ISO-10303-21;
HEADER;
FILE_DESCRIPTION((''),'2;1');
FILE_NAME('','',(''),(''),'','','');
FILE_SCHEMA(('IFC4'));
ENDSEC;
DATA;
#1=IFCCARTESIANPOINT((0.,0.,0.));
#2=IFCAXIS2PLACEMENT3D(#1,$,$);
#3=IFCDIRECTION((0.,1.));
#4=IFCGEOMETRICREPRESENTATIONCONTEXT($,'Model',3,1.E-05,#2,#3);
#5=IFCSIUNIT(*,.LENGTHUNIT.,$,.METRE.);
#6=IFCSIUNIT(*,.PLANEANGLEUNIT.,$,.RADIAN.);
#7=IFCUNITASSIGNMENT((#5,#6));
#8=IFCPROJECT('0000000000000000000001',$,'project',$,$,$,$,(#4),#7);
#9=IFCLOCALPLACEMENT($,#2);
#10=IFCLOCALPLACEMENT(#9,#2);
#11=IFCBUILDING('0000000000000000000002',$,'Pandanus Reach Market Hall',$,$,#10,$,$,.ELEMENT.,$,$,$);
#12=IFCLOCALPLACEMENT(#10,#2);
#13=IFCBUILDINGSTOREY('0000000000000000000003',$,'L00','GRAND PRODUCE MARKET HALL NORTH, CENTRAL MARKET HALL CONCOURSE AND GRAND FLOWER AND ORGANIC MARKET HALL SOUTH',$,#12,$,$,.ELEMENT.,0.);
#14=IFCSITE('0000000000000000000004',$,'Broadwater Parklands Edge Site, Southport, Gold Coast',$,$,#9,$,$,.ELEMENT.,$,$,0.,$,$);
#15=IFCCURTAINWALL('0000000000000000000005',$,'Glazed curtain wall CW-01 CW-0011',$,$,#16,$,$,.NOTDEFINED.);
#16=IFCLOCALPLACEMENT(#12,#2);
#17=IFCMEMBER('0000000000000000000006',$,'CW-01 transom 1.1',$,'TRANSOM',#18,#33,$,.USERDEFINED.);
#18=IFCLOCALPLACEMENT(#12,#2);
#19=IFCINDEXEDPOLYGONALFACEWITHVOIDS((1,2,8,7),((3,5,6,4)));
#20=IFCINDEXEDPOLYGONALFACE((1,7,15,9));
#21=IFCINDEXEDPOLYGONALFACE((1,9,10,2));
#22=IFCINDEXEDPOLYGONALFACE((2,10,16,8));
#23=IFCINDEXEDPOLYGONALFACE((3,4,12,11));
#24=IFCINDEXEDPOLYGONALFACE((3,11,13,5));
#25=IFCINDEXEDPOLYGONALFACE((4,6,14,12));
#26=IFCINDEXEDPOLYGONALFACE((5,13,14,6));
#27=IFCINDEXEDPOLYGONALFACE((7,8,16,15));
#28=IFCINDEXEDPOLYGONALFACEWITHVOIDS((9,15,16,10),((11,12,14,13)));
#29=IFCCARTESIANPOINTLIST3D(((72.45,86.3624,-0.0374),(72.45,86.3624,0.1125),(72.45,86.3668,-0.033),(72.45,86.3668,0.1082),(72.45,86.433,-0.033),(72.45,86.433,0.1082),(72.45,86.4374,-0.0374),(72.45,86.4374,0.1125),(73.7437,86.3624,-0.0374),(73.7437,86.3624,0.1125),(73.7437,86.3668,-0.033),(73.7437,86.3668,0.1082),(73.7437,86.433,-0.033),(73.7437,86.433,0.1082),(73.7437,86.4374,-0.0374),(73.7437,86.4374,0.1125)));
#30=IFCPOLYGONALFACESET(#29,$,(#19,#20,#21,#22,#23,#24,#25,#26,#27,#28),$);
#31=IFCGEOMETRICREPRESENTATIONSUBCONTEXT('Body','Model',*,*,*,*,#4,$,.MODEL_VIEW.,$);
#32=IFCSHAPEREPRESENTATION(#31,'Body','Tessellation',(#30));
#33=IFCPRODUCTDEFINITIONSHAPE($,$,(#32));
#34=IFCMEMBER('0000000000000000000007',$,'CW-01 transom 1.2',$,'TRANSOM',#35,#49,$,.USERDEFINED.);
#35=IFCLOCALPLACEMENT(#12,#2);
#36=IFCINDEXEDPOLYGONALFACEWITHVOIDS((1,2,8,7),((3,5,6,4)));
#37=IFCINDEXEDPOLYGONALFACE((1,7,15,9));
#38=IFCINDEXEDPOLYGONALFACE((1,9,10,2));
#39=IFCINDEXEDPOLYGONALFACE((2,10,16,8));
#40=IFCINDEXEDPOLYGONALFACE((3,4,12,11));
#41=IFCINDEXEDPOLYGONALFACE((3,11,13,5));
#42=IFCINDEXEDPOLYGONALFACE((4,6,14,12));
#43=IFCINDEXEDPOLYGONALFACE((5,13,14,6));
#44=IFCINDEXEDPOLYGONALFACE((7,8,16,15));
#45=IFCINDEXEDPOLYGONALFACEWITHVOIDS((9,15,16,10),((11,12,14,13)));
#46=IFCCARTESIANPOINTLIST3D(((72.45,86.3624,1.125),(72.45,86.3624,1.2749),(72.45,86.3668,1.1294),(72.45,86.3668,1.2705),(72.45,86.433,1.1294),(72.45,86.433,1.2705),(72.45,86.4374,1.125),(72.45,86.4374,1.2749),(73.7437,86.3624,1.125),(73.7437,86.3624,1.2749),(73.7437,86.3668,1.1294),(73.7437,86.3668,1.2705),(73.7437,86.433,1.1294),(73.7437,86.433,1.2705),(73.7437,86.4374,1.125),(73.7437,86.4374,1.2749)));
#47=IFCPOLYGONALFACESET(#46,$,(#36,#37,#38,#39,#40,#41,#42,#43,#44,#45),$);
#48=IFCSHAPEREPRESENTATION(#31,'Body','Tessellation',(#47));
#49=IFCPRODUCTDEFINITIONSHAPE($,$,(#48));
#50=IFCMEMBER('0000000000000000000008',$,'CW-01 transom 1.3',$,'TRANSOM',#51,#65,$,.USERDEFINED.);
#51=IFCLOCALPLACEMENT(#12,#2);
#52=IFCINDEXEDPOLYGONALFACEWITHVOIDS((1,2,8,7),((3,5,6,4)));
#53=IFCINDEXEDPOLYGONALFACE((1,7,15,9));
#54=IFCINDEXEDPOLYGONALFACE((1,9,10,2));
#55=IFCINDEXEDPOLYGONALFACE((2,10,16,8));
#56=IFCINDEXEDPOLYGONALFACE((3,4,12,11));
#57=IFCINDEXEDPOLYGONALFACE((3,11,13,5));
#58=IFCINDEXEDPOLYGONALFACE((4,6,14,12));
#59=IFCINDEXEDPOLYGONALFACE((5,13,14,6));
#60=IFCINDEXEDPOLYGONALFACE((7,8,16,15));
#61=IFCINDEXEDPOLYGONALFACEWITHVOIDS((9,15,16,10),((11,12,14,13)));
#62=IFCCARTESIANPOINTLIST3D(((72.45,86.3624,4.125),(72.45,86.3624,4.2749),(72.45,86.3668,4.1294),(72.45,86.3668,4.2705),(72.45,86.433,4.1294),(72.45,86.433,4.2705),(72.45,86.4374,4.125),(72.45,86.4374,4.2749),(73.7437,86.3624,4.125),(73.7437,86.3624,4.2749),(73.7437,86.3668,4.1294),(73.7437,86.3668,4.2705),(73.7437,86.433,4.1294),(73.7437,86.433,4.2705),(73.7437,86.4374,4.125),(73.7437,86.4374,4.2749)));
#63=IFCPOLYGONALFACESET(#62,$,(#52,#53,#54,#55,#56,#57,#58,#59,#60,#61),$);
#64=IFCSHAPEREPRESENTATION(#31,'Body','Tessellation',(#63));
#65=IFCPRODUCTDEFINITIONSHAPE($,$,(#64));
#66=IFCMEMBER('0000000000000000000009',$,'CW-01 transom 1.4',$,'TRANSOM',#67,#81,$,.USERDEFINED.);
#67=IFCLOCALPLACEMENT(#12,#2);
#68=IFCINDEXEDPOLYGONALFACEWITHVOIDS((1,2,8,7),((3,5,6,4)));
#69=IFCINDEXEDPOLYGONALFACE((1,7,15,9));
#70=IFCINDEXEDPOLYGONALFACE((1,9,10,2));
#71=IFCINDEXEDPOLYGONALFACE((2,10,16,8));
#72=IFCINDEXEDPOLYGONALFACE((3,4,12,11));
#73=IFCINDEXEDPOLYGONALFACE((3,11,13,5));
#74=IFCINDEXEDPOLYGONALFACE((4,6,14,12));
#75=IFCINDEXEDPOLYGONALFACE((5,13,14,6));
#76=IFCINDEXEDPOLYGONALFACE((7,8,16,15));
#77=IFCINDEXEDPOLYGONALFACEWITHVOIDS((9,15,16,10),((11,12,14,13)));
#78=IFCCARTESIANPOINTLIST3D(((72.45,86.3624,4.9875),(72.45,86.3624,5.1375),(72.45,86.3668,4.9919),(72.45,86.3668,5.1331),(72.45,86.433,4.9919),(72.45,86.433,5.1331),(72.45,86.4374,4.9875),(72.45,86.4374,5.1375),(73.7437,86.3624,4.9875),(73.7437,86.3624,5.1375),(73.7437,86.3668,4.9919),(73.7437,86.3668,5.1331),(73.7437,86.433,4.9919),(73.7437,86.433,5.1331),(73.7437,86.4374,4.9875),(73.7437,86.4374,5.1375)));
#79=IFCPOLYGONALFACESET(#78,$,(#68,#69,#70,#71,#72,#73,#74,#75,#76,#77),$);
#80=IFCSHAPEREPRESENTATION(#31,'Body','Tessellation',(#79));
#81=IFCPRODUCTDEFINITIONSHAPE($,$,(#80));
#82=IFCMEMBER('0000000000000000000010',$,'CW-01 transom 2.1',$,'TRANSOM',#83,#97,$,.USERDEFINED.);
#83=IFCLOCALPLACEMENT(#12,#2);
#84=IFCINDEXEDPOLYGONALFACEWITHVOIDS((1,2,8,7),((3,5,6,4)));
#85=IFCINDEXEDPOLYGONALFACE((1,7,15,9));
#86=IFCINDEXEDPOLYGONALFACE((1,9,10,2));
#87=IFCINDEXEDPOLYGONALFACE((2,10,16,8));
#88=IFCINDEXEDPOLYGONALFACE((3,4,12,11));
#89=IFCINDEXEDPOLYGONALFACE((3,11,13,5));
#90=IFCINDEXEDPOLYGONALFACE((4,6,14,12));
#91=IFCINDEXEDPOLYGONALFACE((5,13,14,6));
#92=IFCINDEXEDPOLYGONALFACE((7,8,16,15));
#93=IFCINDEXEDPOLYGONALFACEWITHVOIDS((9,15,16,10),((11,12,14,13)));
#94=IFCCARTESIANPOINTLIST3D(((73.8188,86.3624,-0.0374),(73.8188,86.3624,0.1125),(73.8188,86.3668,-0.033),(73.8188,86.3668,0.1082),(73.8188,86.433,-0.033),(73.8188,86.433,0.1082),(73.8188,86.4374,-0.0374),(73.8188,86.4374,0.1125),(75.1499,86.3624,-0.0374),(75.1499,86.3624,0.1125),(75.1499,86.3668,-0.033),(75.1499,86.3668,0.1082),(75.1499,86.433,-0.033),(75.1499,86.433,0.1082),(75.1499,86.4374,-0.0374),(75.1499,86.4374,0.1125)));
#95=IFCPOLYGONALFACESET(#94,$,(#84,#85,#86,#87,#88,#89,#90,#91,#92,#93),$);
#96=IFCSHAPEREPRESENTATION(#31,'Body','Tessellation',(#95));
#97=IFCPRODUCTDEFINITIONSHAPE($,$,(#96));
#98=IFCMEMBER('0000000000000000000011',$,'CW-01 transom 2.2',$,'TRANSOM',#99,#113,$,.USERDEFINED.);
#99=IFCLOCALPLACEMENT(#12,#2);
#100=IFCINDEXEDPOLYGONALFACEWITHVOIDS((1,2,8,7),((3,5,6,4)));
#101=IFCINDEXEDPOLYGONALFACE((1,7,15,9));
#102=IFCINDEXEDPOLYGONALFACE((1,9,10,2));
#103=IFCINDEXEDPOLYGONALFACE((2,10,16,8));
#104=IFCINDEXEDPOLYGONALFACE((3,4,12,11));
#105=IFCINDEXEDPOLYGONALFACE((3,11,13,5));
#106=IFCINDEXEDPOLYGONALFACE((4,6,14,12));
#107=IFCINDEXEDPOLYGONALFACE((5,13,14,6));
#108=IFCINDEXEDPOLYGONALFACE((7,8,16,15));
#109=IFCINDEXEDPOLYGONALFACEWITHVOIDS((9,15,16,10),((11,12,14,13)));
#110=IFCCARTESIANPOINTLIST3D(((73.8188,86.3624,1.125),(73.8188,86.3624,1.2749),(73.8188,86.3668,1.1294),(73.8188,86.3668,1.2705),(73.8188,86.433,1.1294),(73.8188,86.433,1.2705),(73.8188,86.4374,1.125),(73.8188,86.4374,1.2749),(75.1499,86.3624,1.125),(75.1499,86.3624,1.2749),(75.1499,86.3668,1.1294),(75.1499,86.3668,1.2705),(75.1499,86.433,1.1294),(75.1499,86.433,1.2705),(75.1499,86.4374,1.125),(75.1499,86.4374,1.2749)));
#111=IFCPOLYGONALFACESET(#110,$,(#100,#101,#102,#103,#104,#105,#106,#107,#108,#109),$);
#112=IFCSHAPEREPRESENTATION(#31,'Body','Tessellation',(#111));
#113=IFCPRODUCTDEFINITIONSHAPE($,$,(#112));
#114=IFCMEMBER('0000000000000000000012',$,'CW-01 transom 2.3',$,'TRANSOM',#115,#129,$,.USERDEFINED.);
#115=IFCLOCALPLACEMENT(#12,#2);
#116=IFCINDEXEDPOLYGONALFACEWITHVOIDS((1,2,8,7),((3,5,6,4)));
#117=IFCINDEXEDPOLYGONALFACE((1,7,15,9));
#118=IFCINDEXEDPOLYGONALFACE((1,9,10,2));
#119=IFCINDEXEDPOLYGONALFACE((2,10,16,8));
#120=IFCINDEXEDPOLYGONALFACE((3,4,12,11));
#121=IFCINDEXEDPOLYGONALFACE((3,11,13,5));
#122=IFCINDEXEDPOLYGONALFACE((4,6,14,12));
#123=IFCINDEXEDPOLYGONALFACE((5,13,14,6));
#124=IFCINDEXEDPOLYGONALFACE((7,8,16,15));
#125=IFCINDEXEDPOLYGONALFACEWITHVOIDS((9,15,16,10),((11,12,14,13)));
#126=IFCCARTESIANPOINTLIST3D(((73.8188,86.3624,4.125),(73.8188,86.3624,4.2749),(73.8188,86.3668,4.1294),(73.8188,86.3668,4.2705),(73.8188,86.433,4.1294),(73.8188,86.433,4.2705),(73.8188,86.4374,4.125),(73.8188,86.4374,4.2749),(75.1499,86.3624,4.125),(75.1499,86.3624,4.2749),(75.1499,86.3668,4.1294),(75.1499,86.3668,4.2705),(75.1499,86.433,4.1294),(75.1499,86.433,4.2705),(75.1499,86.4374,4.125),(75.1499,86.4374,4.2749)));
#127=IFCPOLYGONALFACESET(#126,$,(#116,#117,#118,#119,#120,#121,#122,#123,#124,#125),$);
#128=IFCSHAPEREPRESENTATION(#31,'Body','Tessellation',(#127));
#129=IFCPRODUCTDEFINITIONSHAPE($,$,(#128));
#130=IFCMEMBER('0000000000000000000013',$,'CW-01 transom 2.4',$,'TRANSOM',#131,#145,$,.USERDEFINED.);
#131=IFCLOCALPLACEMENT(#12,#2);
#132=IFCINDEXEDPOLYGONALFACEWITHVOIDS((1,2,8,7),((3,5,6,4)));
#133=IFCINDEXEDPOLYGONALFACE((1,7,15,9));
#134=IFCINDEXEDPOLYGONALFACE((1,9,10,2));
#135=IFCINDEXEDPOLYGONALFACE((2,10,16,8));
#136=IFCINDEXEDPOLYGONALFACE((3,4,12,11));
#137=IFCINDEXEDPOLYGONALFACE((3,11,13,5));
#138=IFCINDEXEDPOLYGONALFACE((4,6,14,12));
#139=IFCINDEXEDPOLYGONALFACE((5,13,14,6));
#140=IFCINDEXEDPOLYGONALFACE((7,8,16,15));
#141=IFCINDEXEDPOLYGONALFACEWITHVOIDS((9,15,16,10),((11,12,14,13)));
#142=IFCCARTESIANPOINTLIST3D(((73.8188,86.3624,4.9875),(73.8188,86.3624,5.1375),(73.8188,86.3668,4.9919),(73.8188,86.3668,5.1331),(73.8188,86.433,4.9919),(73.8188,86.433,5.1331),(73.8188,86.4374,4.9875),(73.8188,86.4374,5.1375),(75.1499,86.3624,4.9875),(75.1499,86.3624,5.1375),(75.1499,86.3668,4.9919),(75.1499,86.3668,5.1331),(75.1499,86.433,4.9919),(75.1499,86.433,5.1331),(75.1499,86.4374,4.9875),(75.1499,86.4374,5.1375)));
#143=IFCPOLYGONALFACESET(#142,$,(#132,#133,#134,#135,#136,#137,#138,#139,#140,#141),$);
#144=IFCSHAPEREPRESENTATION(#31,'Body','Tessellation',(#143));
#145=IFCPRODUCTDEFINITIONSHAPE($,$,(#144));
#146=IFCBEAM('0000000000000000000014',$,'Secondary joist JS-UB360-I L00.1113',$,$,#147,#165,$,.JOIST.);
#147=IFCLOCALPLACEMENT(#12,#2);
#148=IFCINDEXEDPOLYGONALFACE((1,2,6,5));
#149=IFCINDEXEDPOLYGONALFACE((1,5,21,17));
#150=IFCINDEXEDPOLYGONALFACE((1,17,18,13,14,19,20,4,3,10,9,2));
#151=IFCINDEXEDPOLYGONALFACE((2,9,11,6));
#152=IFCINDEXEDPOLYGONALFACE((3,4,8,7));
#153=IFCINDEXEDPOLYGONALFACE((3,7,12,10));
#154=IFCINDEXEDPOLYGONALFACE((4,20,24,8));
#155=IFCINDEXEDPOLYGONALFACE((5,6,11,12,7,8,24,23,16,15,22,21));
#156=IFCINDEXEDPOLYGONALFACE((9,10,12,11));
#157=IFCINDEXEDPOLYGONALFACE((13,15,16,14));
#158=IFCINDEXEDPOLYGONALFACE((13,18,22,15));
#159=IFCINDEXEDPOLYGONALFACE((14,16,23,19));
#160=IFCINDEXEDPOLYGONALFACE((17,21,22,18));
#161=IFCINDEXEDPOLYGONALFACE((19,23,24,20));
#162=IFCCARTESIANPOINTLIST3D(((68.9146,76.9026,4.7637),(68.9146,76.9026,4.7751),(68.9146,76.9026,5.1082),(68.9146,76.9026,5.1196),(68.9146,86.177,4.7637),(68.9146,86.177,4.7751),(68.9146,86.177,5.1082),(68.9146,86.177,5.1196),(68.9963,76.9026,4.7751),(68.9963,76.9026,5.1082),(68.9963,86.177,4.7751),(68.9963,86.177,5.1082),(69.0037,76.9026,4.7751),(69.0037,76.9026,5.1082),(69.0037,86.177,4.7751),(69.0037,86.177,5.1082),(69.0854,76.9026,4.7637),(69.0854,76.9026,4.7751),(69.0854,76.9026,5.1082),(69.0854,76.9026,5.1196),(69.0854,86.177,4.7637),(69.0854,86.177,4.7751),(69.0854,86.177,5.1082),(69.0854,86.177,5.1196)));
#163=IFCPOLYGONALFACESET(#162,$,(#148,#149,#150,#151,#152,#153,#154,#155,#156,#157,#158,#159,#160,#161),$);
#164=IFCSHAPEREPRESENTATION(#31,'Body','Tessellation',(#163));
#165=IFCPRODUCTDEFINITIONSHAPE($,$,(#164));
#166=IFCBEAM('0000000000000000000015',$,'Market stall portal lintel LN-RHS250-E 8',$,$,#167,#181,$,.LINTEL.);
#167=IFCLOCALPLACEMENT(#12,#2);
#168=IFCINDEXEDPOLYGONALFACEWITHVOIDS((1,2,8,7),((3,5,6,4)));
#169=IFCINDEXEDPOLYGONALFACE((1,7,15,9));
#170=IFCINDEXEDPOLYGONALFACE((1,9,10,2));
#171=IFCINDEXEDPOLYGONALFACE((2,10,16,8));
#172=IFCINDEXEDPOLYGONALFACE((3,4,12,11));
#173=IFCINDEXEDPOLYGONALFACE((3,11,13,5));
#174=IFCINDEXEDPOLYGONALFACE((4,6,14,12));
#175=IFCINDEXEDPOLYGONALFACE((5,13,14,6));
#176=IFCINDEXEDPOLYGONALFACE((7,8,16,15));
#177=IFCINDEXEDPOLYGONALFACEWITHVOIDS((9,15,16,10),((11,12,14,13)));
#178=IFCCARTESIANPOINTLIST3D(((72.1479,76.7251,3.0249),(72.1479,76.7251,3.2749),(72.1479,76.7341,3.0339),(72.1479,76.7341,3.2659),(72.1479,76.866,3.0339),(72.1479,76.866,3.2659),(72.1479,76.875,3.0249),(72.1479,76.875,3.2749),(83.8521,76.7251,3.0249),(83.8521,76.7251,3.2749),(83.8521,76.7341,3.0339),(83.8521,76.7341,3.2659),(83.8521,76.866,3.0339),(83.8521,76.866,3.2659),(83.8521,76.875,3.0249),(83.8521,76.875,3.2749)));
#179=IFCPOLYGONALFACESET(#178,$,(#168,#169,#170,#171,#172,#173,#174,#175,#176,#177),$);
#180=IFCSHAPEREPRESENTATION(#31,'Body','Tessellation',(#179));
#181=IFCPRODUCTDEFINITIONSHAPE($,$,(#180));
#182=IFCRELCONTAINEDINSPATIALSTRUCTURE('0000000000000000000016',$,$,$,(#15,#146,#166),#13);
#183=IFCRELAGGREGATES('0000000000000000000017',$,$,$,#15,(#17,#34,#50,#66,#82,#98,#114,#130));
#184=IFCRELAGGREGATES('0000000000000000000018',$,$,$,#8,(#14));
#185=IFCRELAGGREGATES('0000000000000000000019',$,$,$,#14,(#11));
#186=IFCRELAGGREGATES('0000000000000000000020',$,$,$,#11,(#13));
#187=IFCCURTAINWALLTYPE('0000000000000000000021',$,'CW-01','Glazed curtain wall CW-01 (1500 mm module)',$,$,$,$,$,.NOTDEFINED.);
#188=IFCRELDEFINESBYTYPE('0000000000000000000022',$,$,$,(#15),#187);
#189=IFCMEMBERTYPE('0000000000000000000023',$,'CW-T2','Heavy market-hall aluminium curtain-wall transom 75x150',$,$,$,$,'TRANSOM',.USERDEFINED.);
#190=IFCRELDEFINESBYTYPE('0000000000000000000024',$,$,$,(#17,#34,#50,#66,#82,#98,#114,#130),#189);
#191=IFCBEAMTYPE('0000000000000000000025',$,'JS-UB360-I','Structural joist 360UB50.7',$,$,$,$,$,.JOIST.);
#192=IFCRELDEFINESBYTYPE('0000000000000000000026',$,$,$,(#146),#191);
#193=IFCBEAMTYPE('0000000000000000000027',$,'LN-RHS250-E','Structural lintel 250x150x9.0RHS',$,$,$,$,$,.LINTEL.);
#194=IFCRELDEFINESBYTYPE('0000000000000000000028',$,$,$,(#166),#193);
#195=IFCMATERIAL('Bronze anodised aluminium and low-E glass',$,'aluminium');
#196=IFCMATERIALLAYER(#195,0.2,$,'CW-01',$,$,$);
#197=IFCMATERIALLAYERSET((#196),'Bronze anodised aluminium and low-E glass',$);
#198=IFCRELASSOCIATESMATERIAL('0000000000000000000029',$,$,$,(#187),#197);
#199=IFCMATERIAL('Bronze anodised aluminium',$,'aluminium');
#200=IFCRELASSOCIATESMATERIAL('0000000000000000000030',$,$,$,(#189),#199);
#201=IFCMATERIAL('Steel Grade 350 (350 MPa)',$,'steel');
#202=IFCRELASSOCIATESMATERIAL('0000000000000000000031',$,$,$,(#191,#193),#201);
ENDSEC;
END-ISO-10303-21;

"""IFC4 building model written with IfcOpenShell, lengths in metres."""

from ifc_helpers import new_model, si_unit, direction, frame, origin, origin_2d, place, context, subcontext, project, spatial, hollow_rectangle, i_section, extrude, material, layer, layer_set, material_profile, profile_set, type_object, element, aggregate, save


model = new_model("IFC4")

# Units and contexts
model_context = context("Model", 3, precision=1e-05, world=origin(), true_north=direction((0.0, 1.0)))
body_context = subcontext(model_context, "Body", "Model", "MODEL_VIEW")
ifc_project = project(units=[si_unit("LENGTHUNIT", "METRE"), si_unit("PLANEANGLEUNIT", "RADIAN")], contexts=[model_context])

# Site, building, storey
site_placement = place(None, origin())
site = spatial("IfcSite", under=ifc_project, at=site_placement, Name="Broadwater Parklands Edge Site, Southport, Gold Coast", CompositionType="ELEMENT", RefElevation=0.0)
building_placement = place(site_placement, origin())
building = spatial("IfcBuilding", under=site, at=building_placement, Name="Pandanus Reach Market Hall", CompositionType="ELEMENT")
storey_placement = place(building_placement, origin())
storey = spatial("IfcBuildingStorey", under=building, at=storey_placement, Name="L00", Description="GRAND PRODUCE MARKET HALL NORTH, CENTRAL MARKET HALL CONCOURSE AND GRAND FLOWER AND ORGANIC MARKET HALL SOUTH", CompositionType="ELEMENT", Elevation=0.0)

# Shared definitions
ifc_material_1 = material(Name="Steel Grade 350 (350 MPa)", Category="steel")

# Curtain wall, members
ifc_material_2 = material(Name="Bronze anodised aluminium and low-E glass", Category="aluminium")
ifc_layer_1 = layer(ifc_material_2, 0.2, Name="CW-01")
ifc_layer_set_1 = layer_set([ifc_layer_1], Name="Bronze anodised aluminium and low-E glass")
curtain_wall_type = type_object("IfcCurtainWallType", Name="CW-01", Description="Glazed curtain wall CW-01 (1500 mm module)", PredefinedType="NOTDEFINED", material=ifc_layer_set_1)
curtain_wall_placement = place(storey_placement, origin())
curtain_wall = element("IfcCurtainWall", 1, at=curtain_wall_placement, inside=storey, type_object=curtain_wall_type, Name="Glazed curtain wall CW-01 CW-0011", PredefinedType="NOTDEFINED")
ifc_material_3 = material(Name="Bronze anodised aluminium", Category="aluminium")
ifc_material_profile_1 = material_profile(ifc_material_3, hollow_rectangle(XDim=0.075, YDim=0.1499, WallThickness=0.0044, at=origin_2d()), Name="ALU75x150", Category="LoadBearing")
ifc_profile_set_1 = profile_set([ifc_material_profile_1], Name="Bronze anodised aluminium")
member_type_1 = type_object("IfcMemberType", Name="CW-T2", Description="Heavy market-hall aluminium curtain-wall transom 75x150", ElementType="TRANSOM", PredefinedType="USERDEFINED", material=ifc_profile_set_1)
member_1_placement = place(storey_placement, frame((72.45, 86.3999, 0.0376), z_axis=(1.0, 0.0, 0.0), x_axis=(0.0, 1.0, 0.0)))
member_1 = element("IfcMember", 2, at=member_1_placement, type_object=member_type_1, Name="CW-01 transom 1.1", ObjectType="TRANSOM", PredefinedType="USERDEFINED", context=body_context, shape_type="SweptSolid", body=[
    extrude(hollow_rectangle(XDim=0.075, YDim=0.1499, WallThickness=0.0044, at=origin_2d()), origin(), (0.0, 0.0, 1.0), 1.2937),
])
member_2_placement = place(storey_placement, frame((72.45, 86.3999, 1.2), z_axis=(1.0, 0.0, 0.0), x_axis=(0.0, 1.0, 0.0)))
member_2 = element("IfcMember", 3, at=member_2_placement, type_object=member_type_1, Name="CW-01 transom 1.2", ObjectType="TRANSOM", PredefinedType="USERDEFINED", context=body_context, shape_type="SweptSolid", body=[
    extrude(hollow_rectangle(XDim=0.075, YDim=0.1499, WallThickness=0.0044, at=origin_2d()), origin(), (0.0, 0.0, 1.0), 1.2937),
])
member_3_placement = place(storey_placement, frame((72.45, 86.3999, 4.2), z_axis=(1.0, 0.0, 0.0), x_axis=(0.0, 1.0, 0.0)))
member_3 = element("IfcMember", 4, at=member_3_placement, type_object=member_type_1, Name="CW-01 transom 1.3", ObjectType="TRANSOM", PredefinedType="USERDEFINED", context=body_context, shape_type="SweptSolid", body=[
    extrude(hollow_rectangle(XDim=0.075, YDim=0.1499, WallThickness=0.0044, at=origin_2d()), origin(), (0.0, 0.0, 1.0), 1.2937),
])
member_4_placement = place(storey_placement, frame((72.45, 86.3999, 5.0625), z_axis=(1.0, 0.0, 0.0), x_axis=(0.0, 1.0, 0.0)))
member_4 = element("IfcMember", 5, at=member_4_placement, type_object=member_type_1, Name="CW-01 transom 1.4", ObjectType="TRANSOM", PredefinedType="USERDEFINED", context=body_context, shape_type="SweptSolid", body=[
    extrude(hollow_rectangle(XDim=0.075, YDim=0.1499, WallThickness=0.0044, at=origin_2d()), origin(), (0.0, 0.0, 1.0), 1.2937),
])
member_5_placement = place(storey_placement, frame((73.8188, 86.3999, 0.0376), z_axis=(1.0, 0.0, 0.0), x_axis=(0.0, 1.0, 0.0)))
member_5 = element("IfcMember", 6, at=member_5_placement, type_object=member_type_1, Name="CW-01 transom 2.1", ObjectType="TRANSOM", PredefinedType="USERDEFINED", context=body_context, shape_type="SweptSolid", body=[
    extrude(hollow_rectangle(XDim=0.075, YDim=0.1499, WallThickness=0.0044, at=origin_2d()), origin(), (0.0, 0.0, 1.0), 1.3311),
])
member_6_placement = place(storey_placement, frame((73.8188, 86.3999, 1.2), z_axis=(1.0, 0.0, 0.0), x_axis=(0.0, 1.0, 0.0)))
member_6 = element("IfcMember", 7, at=member_6_placement, type_object=member_type_1, Name="CW-01 transom 2.2", ObjectType="TRANSOM", PredefinedType="USERDEFINED", context=body_context, shape_type="SweptSolid", body=[
    extrude(hollow_rectangle(XDim=0.075, YDim=0.1499, WallThickness=0.0044, at=origin_2d()), origin(), (0.0, 0.0, 1.0), 1.3311),
])
member_7_placement = place(storey_placement, frame((73.8188, 86.3999, 4.2), z_axis=(1.0, 0.0, 0.0), x_axis=(0.0, 1.0, 0.0)))
member_7 = element("IfcMember", 8, at=member_7_placement, type_object=member_type_1, Name="CW-01 transom 2.3", ObjectType="TRANSOM", PredefinedType="USERDEFINED", context=body_context, shape_type="SweptSolid", body=[
    extrude(hollow_rectangle(XDim=0.075, YDim=0.1499, WallThickness=0.0044, at=origin_2d()), origin(), (0.0, 0.0, 1.0), 1.3311),
])
member_8_placement = place(storey_placement, frame((73.8188, 86.3999, 5.0625), z_axis=(1.0, 0.0, 0.0), x_axis=(0.0, 1.0, 0.0)))
member_8 = element("IfcMember", 9, at=member_8_placement, type_object=member_type_1, Name="CW-01 transom 2.4", ObjectType="TRANSOM", PredefinedType="USERDEFINED", context=body_context, shape_type="SweptSolid", body=[
    extrude(hollow_rectangle(XDim=0.075, YDim=0.1499, WallThickness=0.0044, at=origin_2d()), origin(), (0.0, 0.0, 1.0), 1.3311),
])

# Beams
ifc_material_profile_2 = material_profile(ifc_material_1, i_section(OverallWidth=0.1709, OverallDepth=0.356, WebThickness=0.0073, FlangeThickness=0.0115, at=origin_2d()), Name="360UB50.7", Category="LoadBearing")
ifc_profile_set_2 = profile_set([ifc_material_profile_2], Name="Steel Grade 350 (350 MPa)")
beam_type_1 = type_object("IfcBeamType", Name="JS-UB360-I", Description="Structural joist 360UB50.7", PredefinedType="JOIST", material=ifc_profile_set_2)
beam_1_placement = place(storey_placement, frame((69.0, 76.9026, 4.9417), z_axis=(0.0, 1.0, 0.0), x_axis=(-1.0, 0.0, 0.0)))
element("IfcBeam", 10, at=beam_1_placement, inside=storey, type_object=beam_type_1, Name="Secondary joist JS-UB360-I L00.1113", PredefinedType="JOIST", context=body_context, shape_type="SweptSolid", body=[
    extrude(i_section(OverallWidth=0.1709, OverallDepth=0.356, WebThickness=0.0073, FlangeThickness=0.0115, at=origin_2d()), origin(), (0.0, 0.0, 1.0), 9.2744),
])
ifc_material_profile_3 = material_profile(ifc_material_1, hollow_rectangle(XDim=0.1499, YDim=0.25, WallThickness=0.009, at=origin_2d()), Name="250x150x9.0RHS", Category="LoadBearing")
ifc_profile_set_3 = profile_set([ifc_material_profile_3], Name="Steel Grade 350 (350 MPa)")
beam_type_2 = type_object("IfcBeamType", Name="LN-RHS250-E", Description="Structural lintel 250x150x9.0RHS", PredefinedType="LINTEL", material=ifc_profile_set_3)
beam_2_placement = place(storey_placement, frame((72.1479, 76.8, 3.1499), z_axis=(1.0, 0.0, 0.0), x_axis=(0.0, 1.0, 0.0)))
element("IfcBeam", 11, at=beam_2_placement, inside=storey, type_object=beam_type_2, Name="Market stall portal lintel LN-RHS250-E 8", PredefinedType="LINTEL", context=body_context, shape_type="SweptSolid", body=[
    extrude(hollow_rectangle(XDim=0.1499, YDim=0.25, WallThickness=0.009, at=origin_2d()), origin(), (0.0, 0.0, 1.0), 11.7041),
])

aggregate(curtain_wall, [member_1, member_2, member_3, member_4, member_5, member_6, member_7, member_8])

save(model, "model.ifc")
